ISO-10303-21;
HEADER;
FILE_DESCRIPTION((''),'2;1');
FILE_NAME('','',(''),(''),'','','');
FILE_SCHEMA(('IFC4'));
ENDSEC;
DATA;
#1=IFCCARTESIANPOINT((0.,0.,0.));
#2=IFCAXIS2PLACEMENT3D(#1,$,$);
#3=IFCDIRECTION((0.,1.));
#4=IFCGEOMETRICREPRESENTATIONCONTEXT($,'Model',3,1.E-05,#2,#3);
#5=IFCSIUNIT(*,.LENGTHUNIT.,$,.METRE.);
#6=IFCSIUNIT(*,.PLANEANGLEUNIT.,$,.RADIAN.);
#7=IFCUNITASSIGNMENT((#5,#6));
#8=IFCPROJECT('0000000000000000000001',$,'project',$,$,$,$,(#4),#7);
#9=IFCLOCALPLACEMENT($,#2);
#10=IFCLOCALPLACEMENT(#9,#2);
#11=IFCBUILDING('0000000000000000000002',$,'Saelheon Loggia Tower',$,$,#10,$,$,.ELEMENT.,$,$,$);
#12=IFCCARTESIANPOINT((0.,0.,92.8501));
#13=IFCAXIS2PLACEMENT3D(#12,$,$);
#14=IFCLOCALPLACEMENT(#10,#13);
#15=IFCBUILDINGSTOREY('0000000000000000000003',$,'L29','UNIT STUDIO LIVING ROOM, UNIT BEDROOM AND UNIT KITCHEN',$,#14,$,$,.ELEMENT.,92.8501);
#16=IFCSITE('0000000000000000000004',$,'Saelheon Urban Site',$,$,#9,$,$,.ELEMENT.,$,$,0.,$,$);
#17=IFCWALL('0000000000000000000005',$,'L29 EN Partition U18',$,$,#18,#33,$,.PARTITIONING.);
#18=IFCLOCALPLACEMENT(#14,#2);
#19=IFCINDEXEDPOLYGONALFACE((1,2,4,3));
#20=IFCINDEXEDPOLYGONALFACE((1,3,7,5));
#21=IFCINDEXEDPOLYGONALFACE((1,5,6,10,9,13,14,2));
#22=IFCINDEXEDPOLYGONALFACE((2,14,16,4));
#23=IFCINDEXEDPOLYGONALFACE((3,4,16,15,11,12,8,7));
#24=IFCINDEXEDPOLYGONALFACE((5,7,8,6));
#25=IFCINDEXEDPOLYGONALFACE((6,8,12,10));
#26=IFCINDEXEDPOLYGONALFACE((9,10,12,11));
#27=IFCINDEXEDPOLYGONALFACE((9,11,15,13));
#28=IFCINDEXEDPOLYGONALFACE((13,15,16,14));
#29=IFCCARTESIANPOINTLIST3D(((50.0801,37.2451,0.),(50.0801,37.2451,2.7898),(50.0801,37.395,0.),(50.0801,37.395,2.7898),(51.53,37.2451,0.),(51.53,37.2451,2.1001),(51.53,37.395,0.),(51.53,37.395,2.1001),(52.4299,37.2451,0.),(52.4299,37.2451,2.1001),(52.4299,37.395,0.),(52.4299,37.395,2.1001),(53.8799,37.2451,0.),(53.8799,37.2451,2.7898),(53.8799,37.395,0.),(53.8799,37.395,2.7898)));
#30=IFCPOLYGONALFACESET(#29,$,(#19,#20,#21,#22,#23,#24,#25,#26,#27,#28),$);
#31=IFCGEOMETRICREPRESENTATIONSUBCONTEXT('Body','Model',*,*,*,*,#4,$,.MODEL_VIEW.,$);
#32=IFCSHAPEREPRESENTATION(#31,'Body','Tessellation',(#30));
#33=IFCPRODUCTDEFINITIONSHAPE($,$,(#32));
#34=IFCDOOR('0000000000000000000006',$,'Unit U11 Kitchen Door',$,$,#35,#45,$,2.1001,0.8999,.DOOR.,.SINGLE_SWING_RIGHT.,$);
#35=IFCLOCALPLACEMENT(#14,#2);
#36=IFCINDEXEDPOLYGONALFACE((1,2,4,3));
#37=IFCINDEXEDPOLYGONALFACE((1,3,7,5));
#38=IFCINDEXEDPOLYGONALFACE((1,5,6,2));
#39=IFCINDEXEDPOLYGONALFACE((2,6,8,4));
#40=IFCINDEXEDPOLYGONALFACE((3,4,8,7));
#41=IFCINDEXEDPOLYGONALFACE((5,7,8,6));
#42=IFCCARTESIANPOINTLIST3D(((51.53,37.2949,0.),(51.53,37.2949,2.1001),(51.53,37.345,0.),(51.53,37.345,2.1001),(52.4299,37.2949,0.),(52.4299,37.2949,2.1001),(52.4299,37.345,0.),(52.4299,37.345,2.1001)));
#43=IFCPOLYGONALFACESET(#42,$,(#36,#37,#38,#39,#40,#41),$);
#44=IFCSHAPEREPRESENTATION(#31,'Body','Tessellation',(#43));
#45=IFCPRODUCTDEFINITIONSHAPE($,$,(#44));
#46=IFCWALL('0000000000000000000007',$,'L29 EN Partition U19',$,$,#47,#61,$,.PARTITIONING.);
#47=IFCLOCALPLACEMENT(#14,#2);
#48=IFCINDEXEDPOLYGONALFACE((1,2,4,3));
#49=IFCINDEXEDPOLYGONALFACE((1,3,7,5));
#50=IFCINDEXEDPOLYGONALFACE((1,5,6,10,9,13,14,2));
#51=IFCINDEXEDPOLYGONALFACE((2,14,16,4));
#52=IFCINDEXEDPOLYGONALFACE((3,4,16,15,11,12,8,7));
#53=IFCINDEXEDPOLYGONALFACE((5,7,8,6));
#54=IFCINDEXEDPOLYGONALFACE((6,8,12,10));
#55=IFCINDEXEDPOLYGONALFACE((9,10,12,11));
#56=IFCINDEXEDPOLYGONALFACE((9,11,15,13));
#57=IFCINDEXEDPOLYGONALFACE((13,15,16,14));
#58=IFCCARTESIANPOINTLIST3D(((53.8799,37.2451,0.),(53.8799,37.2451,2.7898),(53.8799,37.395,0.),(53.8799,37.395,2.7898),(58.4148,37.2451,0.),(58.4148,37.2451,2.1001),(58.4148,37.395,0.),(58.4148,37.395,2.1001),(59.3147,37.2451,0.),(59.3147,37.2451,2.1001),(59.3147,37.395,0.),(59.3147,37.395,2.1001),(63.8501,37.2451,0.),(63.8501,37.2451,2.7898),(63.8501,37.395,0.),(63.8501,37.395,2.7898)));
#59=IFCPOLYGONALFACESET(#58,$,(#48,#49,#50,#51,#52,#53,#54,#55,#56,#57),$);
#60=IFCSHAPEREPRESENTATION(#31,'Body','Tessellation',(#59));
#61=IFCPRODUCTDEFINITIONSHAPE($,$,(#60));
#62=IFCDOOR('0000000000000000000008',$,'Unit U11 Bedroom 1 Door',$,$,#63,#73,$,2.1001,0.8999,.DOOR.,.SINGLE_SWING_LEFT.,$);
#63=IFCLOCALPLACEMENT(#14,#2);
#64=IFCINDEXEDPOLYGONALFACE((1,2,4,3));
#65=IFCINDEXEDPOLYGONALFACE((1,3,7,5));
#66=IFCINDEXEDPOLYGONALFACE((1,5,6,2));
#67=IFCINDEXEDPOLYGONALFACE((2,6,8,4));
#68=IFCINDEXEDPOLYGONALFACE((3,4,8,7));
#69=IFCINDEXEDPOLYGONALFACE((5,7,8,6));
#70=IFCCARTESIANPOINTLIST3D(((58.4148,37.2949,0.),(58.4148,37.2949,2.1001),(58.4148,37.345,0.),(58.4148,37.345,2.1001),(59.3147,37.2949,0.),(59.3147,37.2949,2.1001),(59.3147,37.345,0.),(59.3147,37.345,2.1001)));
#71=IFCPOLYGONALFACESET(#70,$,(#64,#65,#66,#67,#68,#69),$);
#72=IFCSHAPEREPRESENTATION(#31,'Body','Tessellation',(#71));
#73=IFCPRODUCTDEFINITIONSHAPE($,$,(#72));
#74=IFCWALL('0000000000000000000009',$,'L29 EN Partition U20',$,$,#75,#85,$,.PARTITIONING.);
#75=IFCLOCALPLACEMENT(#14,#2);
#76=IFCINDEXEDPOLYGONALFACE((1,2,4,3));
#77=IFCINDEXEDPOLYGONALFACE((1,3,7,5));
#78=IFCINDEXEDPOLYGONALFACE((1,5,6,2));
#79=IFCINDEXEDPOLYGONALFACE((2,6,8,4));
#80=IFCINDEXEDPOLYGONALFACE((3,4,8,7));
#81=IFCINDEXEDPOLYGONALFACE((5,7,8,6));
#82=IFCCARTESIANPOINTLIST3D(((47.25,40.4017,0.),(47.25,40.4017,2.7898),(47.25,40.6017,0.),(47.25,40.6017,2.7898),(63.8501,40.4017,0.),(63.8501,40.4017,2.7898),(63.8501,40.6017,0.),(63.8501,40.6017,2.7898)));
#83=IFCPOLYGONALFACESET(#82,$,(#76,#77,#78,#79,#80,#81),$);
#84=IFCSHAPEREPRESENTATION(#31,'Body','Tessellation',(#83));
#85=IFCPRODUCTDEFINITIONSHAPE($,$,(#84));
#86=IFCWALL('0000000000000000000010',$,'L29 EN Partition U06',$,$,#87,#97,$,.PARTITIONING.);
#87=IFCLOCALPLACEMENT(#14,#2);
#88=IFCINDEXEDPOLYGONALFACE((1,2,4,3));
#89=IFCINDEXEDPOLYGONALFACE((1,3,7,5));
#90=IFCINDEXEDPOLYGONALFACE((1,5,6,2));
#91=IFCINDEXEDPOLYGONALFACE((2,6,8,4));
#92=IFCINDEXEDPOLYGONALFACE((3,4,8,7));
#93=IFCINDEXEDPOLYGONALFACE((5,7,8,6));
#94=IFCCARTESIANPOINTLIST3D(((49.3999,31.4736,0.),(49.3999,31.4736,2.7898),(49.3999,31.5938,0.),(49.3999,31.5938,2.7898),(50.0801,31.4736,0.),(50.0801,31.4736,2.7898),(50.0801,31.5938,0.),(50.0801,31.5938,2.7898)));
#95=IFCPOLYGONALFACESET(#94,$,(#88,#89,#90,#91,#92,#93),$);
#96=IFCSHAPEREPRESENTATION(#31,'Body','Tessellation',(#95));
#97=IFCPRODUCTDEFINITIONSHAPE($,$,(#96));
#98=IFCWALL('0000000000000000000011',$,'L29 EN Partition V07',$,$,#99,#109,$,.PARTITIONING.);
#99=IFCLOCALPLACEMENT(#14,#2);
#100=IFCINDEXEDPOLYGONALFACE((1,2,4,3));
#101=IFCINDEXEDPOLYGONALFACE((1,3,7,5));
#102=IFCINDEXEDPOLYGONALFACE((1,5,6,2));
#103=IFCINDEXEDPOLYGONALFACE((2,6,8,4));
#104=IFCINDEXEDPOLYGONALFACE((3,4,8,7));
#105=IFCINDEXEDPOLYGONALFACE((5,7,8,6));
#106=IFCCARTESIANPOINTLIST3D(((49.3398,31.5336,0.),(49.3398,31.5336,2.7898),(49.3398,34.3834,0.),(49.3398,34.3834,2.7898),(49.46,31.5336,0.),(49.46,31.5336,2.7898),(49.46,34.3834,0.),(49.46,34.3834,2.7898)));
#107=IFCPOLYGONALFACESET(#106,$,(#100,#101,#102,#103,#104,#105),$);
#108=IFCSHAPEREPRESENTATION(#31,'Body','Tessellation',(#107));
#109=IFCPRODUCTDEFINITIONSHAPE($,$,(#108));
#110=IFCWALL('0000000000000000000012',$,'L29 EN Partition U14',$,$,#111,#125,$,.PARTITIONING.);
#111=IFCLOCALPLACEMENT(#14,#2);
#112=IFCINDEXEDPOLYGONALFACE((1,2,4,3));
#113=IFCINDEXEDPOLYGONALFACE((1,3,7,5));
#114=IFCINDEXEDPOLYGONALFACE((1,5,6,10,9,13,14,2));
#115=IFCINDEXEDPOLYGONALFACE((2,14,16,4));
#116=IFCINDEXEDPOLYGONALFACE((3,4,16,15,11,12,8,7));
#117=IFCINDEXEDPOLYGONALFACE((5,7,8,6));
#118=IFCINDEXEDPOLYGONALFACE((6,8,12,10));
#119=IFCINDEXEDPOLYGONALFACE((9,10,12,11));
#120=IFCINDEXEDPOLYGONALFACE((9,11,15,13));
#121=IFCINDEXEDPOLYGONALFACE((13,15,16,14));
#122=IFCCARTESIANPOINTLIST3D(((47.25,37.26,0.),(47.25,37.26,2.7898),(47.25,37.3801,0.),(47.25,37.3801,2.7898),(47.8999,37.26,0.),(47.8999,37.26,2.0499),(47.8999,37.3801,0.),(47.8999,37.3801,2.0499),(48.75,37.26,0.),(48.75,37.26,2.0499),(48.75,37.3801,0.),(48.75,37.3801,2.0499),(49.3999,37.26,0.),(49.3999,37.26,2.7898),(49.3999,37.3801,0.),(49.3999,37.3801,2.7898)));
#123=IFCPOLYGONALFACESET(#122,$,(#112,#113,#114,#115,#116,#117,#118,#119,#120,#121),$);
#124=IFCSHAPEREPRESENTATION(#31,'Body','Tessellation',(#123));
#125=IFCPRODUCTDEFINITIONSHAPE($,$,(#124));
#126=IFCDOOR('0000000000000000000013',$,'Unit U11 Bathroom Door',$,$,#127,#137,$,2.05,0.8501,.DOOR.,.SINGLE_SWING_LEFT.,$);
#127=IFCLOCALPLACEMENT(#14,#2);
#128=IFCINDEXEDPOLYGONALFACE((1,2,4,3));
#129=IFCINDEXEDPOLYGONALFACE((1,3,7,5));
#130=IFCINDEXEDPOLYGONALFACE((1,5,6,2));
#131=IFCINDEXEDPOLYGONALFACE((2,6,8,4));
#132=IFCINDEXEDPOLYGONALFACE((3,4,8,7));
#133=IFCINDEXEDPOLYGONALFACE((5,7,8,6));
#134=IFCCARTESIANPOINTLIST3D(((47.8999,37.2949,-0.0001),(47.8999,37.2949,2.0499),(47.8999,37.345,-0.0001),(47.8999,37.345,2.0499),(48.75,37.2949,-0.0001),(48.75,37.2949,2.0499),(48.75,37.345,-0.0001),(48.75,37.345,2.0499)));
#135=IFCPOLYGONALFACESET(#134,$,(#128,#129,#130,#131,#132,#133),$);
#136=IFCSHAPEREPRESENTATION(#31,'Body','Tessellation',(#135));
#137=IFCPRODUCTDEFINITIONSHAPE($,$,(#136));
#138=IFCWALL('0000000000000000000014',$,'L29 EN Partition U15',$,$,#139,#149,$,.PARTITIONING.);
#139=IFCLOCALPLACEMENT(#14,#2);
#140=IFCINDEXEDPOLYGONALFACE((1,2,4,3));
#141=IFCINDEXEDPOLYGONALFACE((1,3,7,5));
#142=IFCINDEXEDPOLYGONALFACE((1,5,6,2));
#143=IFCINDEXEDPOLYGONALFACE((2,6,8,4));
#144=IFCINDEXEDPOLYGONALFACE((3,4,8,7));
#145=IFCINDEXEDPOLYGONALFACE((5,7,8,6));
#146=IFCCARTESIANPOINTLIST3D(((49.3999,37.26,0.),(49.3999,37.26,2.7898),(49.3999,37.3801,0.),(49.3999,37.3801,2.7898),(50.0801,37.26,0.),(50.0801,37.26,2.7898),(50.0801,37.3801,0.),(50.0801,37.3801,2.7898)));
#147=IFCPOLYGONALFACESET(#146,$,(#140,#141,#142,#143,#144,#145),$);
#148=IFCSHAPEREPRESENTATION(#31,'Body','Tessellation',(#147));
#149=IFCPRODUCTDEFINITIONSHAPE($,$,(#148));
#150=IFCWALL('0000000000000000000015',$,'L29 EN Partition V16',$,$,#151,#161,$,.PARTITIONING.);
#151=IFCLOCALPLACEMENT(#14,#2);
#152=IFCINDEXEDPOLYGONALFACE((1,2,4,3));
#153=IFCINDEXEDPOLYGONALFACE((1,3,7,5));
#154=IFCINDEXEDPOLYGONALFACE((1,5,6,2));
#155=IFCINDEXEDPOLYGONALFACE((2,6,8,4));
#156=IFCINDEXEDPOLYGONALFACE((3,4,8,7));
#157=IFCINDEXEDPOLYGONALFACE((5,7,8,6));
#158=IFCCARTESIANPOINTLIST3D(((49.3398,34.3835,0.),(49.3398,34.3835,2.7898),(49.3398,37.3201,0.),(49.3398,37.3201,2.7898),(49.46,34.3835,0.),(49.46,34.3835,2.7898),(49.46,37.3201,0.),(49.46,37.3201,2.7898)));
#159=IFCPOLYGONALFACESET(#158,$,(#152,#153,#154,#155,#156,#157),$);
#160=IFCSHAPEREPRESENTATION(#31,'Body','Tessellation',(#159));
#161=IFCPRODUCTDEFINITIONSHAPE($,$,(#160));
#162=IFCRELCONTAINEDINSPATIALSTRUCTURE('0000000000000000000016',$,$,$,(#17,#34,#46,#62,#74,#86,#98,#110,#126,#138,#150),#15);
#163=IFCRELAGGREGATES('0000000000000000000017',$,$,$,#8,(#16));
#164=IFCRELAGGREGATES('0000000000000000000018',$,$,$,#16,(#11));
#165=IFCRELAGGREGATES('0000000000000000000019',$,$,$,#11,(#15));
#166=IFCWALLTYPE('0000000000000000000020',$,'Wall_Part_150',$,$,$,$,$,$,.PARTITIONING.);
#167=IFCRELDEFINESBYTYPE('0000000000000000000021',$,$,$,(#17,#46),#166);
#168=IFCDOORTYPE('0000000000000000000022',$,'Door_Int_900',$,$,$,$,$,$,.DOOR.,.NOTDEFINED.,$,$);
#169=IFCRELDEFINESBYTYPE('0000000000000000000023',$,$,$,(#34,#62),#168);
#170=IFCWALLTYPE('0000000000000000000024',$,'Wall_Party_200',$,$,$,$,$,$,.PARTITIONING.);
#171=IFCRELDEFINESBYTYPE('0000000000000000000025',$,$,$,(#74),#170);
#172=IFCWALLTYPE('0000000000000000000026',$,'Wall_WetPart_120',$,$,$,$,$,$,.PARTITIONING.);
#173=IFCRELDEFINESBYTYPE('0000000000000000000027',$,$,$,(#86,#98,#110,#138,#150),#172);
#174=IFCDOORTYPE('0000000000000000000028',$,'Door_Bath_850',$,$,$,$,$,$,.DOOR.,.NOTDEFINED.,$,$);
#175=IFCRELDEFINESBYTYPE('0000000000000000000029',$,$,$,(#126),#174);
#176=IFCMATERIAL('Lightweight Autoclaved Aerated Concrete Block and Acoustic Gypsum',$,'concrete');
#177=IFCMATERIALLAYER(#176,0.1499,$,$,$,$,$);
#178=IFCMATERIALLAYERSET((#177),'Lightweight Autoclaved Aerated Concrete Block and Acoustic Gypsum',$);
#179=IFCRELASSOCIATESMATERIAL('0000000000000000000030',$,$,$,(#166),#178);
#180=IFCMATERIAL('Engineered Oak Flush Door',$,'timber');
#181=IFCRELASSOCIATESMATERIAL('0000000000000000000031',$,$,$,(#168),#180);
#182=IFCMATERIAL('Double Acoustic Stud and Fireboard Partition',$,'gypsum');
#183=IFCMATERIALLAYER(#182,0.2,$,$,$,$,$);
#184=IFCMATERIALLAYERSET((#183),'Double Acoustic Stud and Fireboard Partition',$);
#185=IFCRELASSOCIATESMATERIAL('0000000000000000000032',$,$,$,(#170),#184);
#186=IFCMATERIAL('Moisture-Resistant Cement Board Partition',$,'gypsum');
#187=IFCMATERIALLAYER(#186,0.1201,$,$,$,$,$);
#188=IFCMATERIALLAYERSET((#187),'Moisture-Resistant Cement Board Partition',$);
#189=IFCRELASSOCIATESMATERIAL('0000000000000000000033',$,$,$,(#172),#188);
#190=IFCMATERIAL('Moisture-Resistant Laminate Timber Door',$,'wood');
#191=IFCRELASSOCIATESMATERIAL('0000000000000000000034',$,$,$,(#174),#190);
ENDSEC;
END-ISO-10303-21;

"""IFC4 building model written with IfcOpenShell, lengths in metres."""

from ifc_helpers import new_model, si_unit, direction, frame, frame_2d, origin, place, context, subcontext, project, spatial, rectangle, extrude, source, transform, mapped, material, layer, layer_set, type_object, element, fill, save


model = new_model("IFC4")

# Units and contexts
model_context = context("Model", 3, precision=1e-05, world=origin(), true_north=direction((0.0, 1.0)))
body_context = subcontext(model_context, "Body", "Model", "MODEL_VIEW")
ifc_project = project(units=[si_unit("LENGTHUNIT", "METRE"), si_unit("PLANEANGLEUNIT", "RADIAN")], contexts=[model_context])

# Site, building, storey
site_placement = place(None, origin())
site = spatial("IfcSite", under=ifc_project, at=site_placement, Name="Saelheon Urban Site", CompositionType="ELEMENT", RefElevation=0.0)
building_placement = place(site_placement, origin())
building = spatial("IfcBuilding", under=site, at=building_placement, Name="Saelheon Loggia Tower", CompositionType="ELEMENT")
storey_placement = place(building_placement, frame((0.0, 0.0, 92.8501)))
storey = spatial("IfcBuildingStorey", under=building, at=storey_placement, Name="L29", Description="UNIT STUDIO LIVING ROOM, UNIT BEDROOM AND UNIT KITCHEN", CompositionType="ELEMENT", Elevation=92.8501)

# Shared definitions
ifc_material_1 = material(Name="Lightweight Autoclaved Aerated Concrete Block and Acoustic Gypsum", Category="concrete")
ifc_layer_1 = layer(ifc_material_1, 0.1499)
ifc_layer_set_1 = layer_set([ifc_layer_1], Name="Lightweight Autoclaved Aerated Concrete Block and Acoustic Gypsum")
wall_type_1 = type_object("IfcWallType", Name="Wall_Part_150", PredefinedType="PARTITIONING", material=ifc_layer_set_1)

# Shared definitions
ifc_material_2 = material(Name="Engineered Oak Flush Door", Category="timber")
door_type_1 = type_object("IfcDoorType", Name="Door_Int_900", OperationType="NOTDEFINED", PredefinedType="DOOR", material=ifc_material_2)
shared_shape_1 = source(origin(), body_context, "Body", "SweptSolid", [
    extrude(rectangle(XDim=0.8999, YDim=2.1001, at=frame_2d((0.45, 1.05))), frame((0.0, 0.0249, 0.0), z_axis=(0.0, -1.0, 0.0), x_axis=(1.0, 0.0, 0.0)), (0.0, 0.0, 1.0), 0.05),
])

# Walls, openings, doors
wall_1_placement = place(storey_placement, frame((50.0801, 37.3201, 0.0), z_axis=(0.0, 0.0, 1.0), x_axis=(1.0, 0.0, 0.0)))
wall_1 = element("IfcWall", 1, at=wall_1_placement, inside=storey, type_object=wall_type_1, Name="L29 EN Partition U18", PredefinedType="PARTITIONING", context=body_context, shape_type="SweptSolid", body=[
    extrude(rectangle(XDim=3.7998, YDim=0.1499, at=frame_2d((1.8999, 0.0))), origin(), (0.0, 0.0, 1.0), 2.7898),
])
opening_1_placement = place(wall_1_placement, frame((1.45, 0.0, 0.0)))
opening_1 = element("IfcOpeningElement", 2, at=opening_1_placement, cuts=wall_1, PredefinedType="OPENING", context=body_context, shape_type="SweptSolid", body=[
    extrude(rectangle(XDim=0.8999, YDim=2.1001, at=frame_2d((0.45, 1.05))), frame((0.0, 0.0869, 0.0), z_axis=(0.0, -1.0, 0.0), x_axis=(1.0, 0.0, 0.0)), (0.0, 0.0, 1.0), 0.1738),
])
door_1_placement = place(opening_1_placement, origin())
door_1 = element("IfcDoor", 3, at=door_1_placement, inside=storey, type_object=door_type_1, Name="Unit U11 Kitchen Door", OperationType="SINGLE_SWING_RIGHT", OverallHeight=2.1001, OverallWidth=0.8999, PredefinedType="DOOR", context=body_context, shape_type="MappedRepresentation", body=[
    mapped(shared_shape_1, transform((0.0, 0.0, 0.0), scale=1.0)),
])
fill(opening_1, door_1)
wall_2_placement = place(storey_placement, frame((53.8799, 37.3201, 0.0), z_axis=(0.0, 0.0, 1.0), x_axis=(1.0, 0.0, 0.0)))
wall_2 = element("IfcWall", 4, at=wall_2_placement, inside=storey, type_object=wall_type_1, Name="L29 EN Partition U19", PredefinedType="PARTITIONING", context=body_context, shape_type="SweptSolid", body=[
    extrude(rectangle(XDim=9.9702, YDim=0.1499, at=frame_2d((4.9851, 0.0))), origin(), (0.0, 0.0, 1.0), 2.7898),
])
opening_2_placement = place(wall_2_placement, frame((4.5349, 0.0, 0.0)))
opening_2 = element("IfcOpeningElement", 5, at=opening_2_placement, cuts=wall_2, PredefinedType="OPENING", context=body_context, shape_type="SweptSolid", body=[
    extrude(rectangle(XDim=0.8999, YDim=2.1001, at=frame_2d((0.45, 1.05))), frame((0.0, 0.0869, 0.0), z_axis=(0.0, -1.0, 0.0), x_axis=(1.0, 0.0, 0.0)), (0.0, 0.0, 1.0), 0.1738),
])
door_2_placement = place(opening_2_placement, origin())
door_2 = element("IfcDoor", 6, at=door_2_placement, inside=storey, type_object=door_type_1, Name="Unit U11 Bedroom 1 Door", OperationType="SINGLE_SWING_LEFT", OverallHeight=2.1001, OverallWidth=0.8999, PredefinedType="DOOR", context=body_context, shape_type="MappedRepresentation", body=[
    mapped(shared_shape_1, transform((0.0, 0.0, 0.0), scale=1.0)),
])
fill(opening_2, door_2)

# Walls
ifc_material_3 = material(Name="Double Acoustic Stud and Fireboard Partition", Category="gypsum")
ifc_layer_2 = layer(ifc_material_3, 0.2)
ifc_layer_set_2 = layer_set([ifc_layer_2], Name="Double Acoustic Stud and Fireboard Partition")
wall_type_2 = type_object("IfcWallType", Name="Wall_Party_200", PredefinedType="PARTITIONING", material=ifc_layer_set_2)
wall_3_placement = place(storey_placement, frame((47.25, 40.5017, 0.0), z_axis=(0.0, 0.0, 1.0), x_axis=(1.0, 0.0, 0.0)))
element("IfcWall", 7, at=wall_3_placement, inside=storey, type_object=wall_type_2, Name="L29 EN Partition U20", PredefinedType="PARTITIONING", context=body_context, shape_type="SweptSolid", body=[
    extrude(rectangle(XDim=16.6001, YDim=0.2, at=frame_2d((8.3, 0.0))), origin(), (0.0, 0.0, 1.0), 2.7898),
])
ifc_material_4 = material(Name="Moisture-Resistant Cement Board Partition", Category="gypsum")
ifc_layer_3 = layer(ifc_material_4, 0.1201)
ifc_layer_set_3 = layer_set([ifc_layer_3], Name="Moisture-Resistant Cement Board Partition")
wall_type_3 = type_object("IfcWallType", Name="Wall_WetPart_120", PredefinedType="PARTITIONING", material=ifc_layer_set_3)
wall_4_placement = place(storey_placement, frame((49.3999, 31.5337, 0.0), z_axis=(0.0, 0.0, 1.0), x_axis=(1.0, 0.0, 0.0)))
element("IfcWall", 8, at=wall_4_placement, inside=storey, type_object=wall_type_3, Name="L29 EN Partition U06", PredefinedType="PARTITIONING", context=body_context, shape_type="SweptSolid", body=[
    extrude(rectangle(XDim=0.6802, YDim=0.1201, at=frame_2d((0.3401, 0.0))), origin(), (0.0, 0.0, 1.0), 2.7898),
])
wall_5_placement = place(storey_placement, frame((49.3999, 31.5337, 0.0), z_axis=(0.0, 0.0, 1.0), x_axis=(0.0, 1.0, 0.0)))
element("IfcWall", 9, at=wall_5_placement, inside=storey, type_object=wall_type_3, Name="L29 EN Partition V07", PredefinedType="PARTITIONING", context=body_context, shape_type="SweptSolid", body=[
    extrude(rectangle(XDim=2.8499, YDim=0.1201, at=frame_2d((1.4248, 0.0))), origin(), (0.0, 0.0, 1.0), 2.7898),
])

# Wall, opening, door
wall_6_placement = place(storey_placement, frame((47.25, 37.3201, 0.0), z_axis=(0.0, 0.0, 1.0), x_axis=(1.0, 0.0, 0.0)))
wall_6 = element("IfcWall", 10, at=wall_6_placement, inside=storey, type_object=wall_type_3, Name="L29 EN Partition U14", PredefinedType="PARTITIONING", context=body_context, shape_type="SweptSolid", body=[
    extrude(rectangle(XDim=2.1499, YDim=0.1201, at=frame_2d((1.075, 0.0))), origin(), (0.0, 0.0, 1.0), 2.7898),
])
opening_3_placement = place(wall_6_placement, frame((0.6499, 0.0, 0.0)))
opening_3 = element("IfcOpeningElement", 11, at=opening_3_placement, cuts=wall_6, PredefinedType="OPENING", context=body_context, shape_type="SweptSolid", body=[
    extrude(rectangle(XDim=0.8501, YDim=2.05, at=frame_2d((0.425, 1.0249))), frame((0.0, 0.072, 0.0), z_axis=(0.0, -1.0, 0.0), x_axis=(1.0, 0.0, 0.0)), (0.0, 0.0, 1.0), 0.144),
])
ifc_material_5 = material(Name="Moisture-Resistant Laminate Timber Door", Category="wood")
door_type_2 = type_object("IfcDoorType", Name="Door_Bath_850", OperationType="NOTDEFINED", PredefinedType="DOOR", material=ifc_material_5)
shared_shape_2 = source(origin(), body_context, "Body", "SweptSolid", [
    extrude(rectangle(XDim=0.8501, YDim=2.05, at=frame_2d((0.425, 1.0249))), frame((0.0, 0.0249, 0.0), z_axis=(0.0, -1.0, 0.0), x_axis=(1.0, 0.0, 0.0)), (0.0, 0.0, 1.0), 0.05),
])
door_3_placement = place(opening_3_placement, origin())
door_3 = element("IfcDoor", 12, at=door_3_placement, inside=storey, type_object=door_type_2, Name="Unit U11 Bathroom Door", OperationType="SINGLE_SWING_LEFT", OverallHeight=2.05, OverallWidth=0.8501, PredefinedType="DOOR", context=body_context, shape_type="MappedRepresentation", body=[
    mapped(shared_shape_2, transform((0.0, 0.0, 0.0), scale=1.0)),
])
fill(opening_3, door_3)

# Walls
wall_7_placement = place(storey_placement, frame((49.3999, 37.3201, 0.0), z_axis=(0.0, 0.0, 1.0), x_axis=(1.0, 0.0, 0.0)))
element("IfcWall", 13, at=wall_7_placement, inside=storey, type_object=wall_type_3, Name="L29 EN Partition U15", PredefinedType="PARTITIONING", context=body_context, shape_type="SweptSolid", body=[
    extrude(rectangle(XDim=0.6802, YDim=0.1201, at=frame_2d((0.3401, 0.0))), origin(), (0.0, 0.0, 1.0), 2.7898),
])
wall_8_placement = place(storey_placement, frame((49.3999, 34.3835, 0.0), z_axis=(0.0, 0.0, 1.0), x_axis=(0.0, 1.0, 0.0)))
element("IfcWall", 14, at=wall_8_placement, inside=storey, type_object=wall_type_3, Name="L29 EN Partition V16", PredefinedType="PARTITIONING", context=body_context, shape_type="SweptSolid", body=[
    extrude(rectangle(XDim=2.9365, YDim=0.1201, at=frame_2d((1.4683, 0.0))), origin(), (0.0, 0.0, 1.0), 2.7898),
])

save(model, "model.ifc")
